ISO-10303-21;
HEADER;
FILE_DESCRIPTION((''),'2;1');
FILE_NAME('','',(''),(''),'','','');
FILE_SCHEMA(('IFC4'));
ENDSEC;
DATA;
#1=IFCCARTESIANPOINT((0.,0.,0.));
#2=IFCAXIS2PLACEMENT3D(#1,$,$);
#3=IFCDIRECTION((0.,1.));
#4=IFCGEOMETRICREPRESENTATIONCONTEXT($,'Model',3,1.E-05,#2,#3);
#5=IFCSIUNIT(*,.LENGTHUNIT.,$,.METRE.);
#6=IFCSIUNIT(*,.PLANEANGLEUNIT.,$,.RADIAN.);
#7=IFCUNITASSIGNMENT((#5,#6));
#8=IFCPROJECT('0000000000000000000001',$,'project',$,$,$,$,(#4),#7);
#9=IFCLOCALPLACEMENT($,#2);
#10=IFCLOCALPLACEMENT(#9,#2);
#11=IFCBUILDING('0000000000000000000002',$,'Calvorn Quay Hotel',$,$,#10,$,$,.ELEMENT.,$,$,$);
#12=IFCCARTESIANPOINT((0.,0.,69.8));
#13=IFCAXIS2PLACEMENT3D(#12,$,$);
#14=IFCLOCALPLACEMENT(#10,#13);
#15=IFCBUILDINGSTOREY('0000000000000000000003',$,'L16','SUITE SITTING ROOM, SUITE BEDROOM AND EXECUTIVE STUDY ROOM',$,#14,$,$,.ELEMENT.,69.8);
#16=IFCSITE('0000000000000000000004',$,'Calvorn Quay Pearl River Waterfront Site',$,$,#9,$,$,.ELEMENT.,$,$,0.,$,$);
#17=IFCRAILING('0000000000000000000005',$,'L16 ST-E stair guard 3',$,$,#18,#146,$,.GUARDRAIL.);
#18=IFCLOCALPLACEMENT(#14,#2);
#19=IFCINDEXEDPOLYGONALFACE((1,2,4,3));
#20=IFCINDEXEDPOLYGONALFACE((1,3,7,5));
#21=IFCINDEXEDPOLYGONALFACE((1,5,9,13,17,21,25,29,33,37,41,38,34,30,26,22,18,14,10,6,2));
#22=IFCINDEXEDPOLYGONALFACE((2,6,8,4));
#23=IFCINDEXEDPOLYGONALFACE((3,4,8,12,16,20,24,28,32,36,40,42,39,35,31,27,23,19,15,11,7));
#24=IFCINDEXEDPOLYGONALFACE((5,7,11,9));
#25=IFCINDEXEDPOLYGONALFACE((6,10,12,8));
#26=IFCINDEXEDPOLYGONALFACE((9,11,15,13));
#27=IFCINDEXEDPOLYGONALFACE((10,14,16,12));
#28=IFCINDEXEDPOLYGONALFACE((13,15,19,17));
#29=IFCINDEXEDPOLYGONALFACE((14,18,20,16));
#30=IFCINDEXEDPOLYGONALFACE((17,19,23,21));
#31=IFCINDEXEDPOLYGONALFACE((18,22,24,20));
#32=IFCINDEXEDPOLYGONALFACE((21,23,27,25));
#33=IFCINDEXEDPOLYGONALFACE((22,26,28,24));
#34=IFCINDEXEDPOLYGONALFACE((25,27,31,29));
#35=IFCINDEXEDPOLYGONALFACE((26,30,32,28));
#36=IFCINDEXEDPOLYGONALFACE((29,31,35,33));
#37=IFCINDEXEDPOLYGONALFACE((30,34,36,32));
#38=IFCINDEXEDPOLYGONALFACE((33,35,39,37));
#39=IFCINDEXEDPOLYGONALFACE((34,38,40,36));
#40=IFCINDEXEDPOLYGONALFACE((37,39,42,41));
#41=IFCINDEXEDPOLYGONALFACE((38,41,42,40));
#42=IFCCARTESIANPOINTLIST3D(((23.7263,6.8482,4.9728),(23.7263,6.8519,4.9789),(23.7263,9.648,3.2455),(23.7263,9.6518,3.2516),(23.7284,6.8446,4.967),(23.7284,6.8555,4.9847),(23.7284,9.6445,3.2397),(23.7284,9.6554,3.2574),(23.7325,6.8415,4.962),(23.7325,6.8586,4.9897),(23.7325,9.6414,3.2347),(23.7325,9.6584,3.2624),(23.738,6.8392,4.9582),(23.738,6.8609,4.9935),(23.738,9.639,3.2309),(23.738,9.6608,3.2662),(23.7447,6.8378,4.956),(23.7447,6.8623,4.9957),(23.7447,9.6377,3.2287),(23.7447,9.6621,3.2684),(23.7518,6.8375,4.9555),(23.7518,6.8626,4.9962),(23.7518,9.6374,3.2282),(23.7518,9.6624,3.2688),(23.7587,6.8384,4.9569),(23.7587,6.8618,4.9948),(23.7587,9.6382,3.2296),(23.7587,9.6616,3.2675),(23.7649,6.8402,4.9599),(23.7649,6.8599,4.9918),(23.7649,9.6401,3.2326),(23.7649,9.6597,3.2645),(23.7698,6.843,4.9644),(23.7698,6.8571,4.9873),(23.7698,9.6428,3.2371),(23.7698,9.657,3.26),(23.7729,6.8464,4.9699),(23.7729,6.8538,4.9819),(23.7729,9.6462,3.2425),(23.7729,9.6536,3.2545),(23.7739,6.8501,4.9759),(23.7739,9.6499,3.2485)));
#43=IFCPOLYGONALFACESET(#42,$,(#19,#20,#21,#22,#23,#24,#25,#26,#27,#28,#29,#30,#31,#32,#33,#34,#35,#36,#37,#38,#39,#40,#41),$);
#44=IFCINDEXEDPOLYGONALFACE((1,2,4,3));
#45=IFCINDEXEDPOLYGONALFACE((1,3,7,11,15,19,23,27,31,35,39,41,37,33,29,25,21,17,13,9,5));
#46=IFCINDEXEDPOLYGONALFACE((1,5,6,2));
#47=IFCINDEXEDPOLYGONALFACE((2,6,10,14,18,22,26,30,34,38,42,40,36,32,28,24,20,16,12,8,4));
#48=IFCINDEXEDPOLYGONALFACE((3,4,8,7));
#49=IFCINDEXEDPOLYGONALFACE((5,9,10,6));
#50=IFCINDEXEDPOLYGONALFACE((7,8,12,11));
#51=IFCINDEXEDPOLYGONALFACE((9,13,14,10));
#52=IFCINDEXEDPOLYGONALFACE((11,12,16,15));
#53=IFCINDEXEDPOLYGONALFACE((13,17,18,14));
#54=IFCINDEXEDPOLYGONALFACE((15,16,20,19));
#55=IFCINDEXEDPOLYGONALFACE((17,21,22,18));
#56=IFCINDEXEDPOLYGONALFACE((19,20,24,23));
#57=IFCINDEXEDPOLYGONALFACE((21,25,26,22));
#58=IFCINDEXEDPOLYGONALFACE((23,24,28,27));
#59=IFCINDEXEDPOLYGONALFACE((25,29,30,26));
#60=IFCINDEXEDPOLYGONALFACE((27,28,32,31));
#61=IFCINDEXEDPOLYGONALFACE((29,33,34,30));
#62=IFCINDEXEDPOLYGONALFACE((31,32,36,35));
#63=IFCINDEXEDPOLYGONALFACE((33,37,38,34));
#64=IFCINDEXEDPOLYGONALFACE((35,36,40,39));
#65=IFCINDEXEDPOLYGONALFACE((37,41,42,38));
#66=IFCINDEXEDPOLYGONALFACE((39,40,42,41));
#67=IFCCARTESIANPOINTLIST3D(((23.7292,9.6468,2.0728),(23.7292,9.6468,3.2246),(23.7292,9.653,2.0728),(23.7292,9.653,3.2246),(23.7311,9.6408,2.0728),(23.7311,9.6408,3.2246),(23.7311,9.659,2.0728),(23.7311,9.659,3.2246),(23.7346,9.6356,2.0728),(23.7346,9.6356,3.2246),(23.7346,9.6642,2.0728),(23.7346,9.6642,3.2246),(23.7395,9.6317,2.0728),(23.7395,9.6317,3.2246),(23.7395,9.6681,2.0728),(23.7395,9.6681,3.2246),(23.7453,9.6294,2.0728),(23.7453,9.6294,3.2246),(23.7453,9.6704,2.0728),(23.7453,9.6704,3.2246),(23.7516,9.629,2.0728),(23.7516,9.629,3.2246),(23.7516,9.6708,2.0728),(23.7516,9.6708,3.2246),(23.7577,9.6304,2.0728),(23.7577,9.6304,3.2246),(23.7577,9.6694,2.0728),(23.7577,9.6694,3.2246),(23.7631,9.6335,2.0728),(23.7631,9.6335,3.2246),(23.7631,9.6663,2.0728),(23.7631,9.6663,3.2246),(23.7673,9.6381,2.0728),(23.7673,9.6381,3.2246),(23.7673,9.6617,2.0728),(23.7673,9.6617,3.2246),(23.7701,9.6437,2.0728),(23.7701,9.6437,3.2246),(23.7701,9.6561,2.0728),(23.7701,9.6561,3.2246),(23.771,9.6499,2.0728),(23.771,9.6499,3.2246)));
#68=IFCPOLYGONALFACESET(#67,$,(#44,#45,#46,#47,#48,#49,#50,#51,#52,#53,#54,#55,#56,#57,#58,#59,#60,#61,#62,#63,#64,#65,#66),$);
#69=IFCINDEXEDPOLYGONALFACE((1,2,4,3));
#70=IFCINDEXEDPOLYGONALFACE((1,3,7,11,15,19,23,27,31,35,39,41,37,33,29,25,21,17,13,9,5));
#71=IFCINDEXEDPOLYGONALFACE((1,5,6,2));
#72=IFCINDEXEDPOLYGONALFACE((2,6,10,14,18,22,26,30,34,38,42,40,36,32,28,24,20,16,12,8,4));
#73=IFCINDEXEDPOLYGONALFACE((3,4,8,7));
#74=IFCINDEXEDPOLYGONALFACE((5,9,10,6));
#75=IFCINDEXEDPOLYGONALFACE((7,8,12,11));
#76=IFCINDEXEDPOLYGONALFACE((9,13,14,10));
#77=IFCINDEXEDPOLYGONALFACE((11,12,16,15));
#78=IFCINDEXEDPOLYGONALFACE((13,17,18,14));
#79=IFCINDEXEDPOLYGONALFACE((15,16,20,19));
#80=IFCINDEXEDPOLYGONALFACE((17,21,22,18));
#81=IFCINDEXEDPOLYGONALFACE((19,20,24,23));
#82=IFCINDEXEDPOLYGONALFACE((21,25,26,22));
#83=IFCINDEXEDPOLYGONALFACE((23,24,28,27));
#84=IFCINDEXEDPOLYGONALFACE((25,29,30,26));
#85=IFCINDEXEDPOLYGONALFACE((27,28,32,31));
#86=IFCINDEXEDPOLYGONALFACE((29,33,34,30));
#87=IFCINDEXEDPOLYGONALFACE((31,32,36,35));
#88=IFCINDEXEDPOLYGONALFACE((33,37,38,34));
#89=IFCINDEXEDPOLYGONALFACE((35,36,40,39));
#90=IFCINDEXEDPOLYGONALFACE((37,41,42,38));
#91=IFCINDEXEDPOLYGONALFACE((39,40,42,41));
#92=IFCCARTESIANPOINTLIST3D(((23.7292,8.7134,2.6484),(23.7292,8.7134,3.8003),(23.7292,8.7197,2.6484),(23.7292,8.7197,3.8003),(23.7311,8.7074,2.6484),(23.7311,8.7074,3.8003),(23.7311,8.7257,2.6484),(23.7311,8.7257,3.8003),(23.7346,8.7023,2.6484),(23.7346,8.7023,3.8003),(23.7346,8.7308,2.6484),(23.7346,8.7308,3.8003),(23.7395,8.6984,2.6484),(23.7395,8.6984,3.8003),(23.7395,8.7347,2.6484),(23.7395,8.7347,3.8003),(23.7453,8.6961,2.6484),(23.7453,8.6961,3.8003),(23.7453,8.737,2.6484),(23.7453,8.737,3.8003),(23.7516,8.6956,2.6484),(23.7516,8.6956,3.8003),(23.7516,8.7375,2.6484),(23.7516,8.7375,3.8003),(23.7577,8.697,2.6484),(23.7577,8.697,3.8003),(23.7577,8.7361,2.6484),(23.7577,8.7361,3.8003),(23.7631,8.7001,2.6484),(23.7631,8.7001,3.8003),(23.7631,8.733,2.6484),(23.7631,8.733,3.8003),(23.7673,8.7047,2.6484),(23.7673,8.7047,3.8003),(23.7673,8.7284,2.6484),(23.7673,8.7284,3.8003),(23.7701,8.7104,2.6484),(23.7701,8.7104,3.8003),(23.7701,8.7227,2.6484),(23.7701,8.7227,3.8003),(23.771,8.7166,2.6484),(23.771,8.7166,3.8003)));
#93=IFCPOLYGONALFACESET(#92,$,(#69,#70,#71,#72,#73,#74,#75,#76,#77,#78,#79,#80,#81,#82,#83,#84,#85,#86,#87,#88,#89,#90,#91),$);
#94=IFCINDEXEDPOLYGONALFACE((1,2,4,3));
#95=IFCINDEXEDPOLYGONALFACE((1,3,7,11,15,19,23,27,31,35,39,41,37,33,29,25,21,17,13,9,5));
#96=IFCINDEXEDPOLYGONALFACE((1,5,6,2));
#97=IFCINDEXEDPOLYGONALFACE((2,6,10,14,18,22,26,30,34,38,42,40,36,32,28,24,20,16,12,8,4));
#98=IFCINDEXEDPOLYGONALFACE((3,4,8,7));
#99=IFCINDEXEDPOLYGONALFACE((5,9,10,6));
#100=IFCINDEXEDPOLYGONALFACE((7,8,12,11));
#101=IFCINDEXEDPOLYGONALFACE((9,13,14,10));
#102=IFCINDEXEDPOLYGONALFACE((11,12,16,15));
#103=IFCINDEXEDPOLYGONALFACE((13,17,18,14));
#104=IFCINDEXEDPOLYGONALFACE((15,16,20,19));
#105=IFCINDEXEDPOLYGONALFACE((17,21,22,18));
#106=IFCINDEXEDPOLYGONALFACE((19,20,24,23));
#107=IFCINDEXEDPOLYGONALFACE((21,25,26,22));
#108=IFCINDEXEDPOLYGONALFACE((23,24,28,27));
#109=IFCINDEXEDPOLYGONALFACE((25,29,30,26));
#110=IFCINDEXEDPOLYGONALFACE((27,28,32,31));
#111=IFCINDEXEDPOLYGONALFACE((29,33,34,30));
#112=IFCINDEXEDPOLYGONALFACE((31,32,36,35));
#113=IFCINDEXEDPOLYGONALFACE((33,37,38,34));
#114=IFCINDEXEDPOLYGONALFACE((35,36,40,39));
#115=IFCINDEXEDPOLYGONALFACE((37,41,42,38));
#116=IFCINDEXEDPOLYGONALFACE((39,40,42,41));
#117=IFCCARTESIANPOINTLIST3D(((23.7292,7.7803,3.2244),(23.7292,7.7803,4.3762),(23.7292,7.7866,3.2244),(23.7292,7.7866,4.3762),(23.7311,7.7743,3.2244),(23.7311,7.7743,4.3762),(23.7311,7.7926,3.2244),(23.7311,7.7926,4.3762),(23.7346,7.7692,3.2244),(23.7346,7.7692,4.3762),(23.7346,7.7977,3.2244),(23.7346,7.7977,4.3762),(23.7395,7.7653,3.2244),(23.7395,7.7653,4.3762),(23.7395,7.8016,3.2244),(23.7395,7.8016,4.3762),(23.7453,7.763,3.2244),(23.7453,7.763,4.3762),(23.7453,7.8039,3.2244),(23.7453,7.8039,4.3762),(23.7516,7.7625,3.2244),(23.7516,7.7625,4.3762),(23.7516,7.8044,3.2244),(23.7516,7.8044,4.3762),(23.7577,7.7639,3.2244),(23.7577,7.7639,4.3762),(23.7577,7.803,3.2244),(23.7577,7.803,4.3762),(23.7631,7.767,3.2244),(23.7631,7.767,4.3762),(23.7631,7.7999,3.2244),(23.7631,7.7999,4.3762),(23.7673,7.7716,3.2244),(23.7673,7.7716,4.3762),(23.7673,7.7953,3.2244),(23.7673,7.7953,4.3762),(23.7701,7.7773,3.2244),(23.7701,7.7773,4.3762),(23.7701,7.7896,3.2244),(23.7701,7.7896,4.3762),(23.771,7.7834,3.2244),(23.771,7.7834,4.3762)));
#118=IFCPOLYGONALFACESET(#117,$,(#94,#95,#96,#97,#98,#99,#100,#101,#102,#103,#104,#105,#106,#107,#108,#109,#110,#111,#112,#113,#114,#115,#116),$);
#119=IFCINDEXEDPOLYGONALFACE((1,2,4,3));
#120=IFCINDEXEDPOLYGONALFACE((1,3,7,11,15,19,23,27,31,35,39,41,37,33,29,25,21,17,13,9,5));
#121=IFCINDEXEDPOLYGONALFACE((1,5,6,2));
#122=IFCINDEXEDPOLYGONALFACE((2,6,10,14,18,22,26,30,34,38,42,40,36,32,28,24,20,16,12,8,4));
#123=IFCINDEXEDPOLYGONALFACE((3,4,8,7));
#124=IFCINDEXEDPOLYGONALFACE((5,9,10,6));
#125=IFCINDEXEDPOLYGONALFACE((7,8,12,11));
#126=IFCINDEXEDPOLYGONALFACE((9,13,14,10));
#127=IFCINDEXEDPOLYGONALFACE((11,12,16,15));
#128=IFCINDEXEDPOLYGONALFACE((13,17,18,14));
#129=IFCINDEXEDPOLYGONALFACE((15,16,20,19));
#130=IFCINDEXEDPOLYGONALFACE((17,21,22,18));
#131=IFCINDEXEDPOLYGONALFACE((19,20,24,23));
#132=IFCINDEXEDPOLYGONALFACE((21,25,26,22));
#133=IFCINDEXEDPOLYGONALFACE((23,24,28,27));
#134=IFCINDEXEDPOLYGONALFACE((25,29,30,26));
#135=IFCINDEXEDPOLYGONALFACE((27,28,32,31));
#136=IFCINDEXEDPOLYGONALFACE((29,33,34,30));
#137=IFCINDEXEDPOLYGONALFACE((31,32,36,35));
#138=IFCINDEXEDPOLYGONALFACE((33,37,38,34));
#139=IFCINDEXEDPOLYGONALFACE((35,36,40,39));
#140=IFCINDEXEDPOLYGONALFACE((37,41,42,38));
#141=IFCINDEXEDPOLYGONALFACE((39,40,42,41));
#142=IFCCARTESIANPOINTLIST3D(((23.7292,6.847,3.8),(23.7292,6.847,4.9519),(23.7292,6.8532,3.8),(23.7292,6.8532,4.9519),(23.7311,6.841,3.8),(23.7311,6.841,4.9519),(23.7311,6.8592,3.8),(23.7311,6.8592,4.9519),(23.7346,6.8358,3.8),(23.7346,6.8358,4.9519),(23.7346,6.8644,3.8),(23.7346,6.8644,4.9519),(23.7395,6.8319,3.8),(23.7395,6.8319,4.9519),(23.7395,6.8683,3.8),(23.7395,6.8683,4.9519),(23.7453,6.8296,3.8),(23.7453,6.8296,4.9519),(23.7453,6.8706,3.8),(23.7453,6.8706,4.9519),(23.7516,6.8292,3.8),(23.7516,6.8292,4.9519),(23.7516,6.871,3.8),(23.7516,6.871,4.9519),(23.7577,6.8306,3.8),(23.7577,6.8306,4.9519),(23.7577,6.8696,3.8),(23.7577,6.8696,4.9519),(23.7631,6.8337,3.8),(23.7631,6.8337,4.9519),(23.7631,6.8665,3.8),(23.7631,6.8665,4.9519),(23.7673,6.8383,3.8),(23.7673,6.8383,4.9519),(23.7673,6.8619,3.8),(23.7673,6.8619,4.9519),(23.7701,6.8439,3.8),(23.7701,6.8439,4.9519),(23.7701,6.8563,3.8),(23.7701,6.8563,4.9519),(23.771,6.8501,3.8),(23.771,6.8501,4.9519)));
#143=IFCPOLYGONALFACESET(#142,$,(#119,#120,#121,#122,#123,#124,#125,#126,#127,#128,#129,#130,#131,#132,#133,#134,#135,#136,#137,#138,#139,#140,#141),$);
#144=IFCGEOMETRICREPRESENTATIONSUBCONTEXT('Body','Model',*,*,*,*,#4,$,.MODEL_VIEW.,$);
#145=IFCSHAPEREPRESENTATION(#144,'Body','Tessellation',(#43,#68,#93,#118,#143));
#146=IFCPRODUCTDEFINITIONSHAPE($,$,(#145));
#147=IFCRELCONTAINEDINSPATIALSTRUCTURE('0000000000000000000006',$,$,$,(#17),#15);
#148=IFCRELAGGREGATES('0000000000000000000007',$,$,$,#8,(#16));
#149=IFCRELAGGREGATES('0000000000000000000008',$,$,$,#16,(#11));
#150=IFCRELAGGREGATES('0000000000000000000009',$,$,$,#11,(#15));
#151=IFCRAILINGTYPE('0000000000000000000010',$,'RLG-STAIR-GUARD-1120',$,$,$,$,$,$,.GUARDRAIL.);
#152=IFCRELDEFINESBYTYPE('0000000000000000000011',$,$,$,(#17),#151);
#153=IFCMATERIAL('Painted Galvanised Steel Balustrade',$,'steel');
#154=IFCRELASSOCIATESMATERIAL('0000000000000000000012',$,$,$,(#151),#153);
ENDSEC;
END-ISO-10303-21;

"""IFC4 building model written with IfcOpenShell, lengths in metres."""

from ifc_helpers import new_model, si_unit, direction, frame, origin, origin_2d, place, context, subcontext, project, spatial, circle, extrude, material, type_object, element, save


model = new_model("IFC4")

# Units and contexts
model_context = context("Model", 3, precision=1e-05, world=origin(), true_north=direction((0.0, 1.0)))
body_context = subcontext(model_context, "Body", "Model", "MODEL_VIEW")
ifc_project = project(units=[si_unit("LENGTHUNIT", "METRE"), si_unit("PLANEANGLEUNIT", "RADIAN")], contexts=[model_context])

# Site, building, storey
site_placement = place(None, origin())
site = spatial("IfcSite", under=ifc_project, at=site_placement, Name="Calvorn Quay Pearl River Waterfront Site", CompositionType="ELEMENT", RefElevation=0.0)
building_placement = place(site_placement, origin())
building = spatial("IfcBuilding", under=site, at=building_placement, Name="Calvorn Quay Hotel", CompositionType="ELEMENT")
storey_placement = place(building_placement, frame((0.0, 0.0, 69.8)))
storey = spatial("IfcBuildingStorey", under=building, at=storey_placement, Name="L16", Description="SUITE SITTING ROOM, SUITE BEDROOM AND EXECUTIVE STUDY ROOM", CompositionType="ELEMENT", Elevation=69.8)

# Railing
ifc_material_1 = material(Name="Painted Galvanised Steel Balustrade", Category="steel")
railing_type_1 = type_object("IfcRailingType", Name="RLG-STAIR-GUARD-1120", PredefinedType="GUARDRAIL", material=ifc_material_1)
railing_1_placement = place(storey_placement, frame((23.75, 9.6499, 2.0728)))
element("IfcRailing", 1, at=railing_1_placement, inside=storey, type_object=railing_type_1, Name="L16 ST-E stair guard 3", PredefinedType="GUARDRAIL", context=body_context, shape_type="SweptSolid", body=[
    extrude(circle(Radius=0.0239, at=origin_2d()), frame((0.0, 0.0, 1.1758), z_axis=(0.0, -0.851069, 0.525054), x_axis=(1.0, 0.0, 0.0)), (0.0, 0.0, 1.0), 3.2898),
    extrude(circle(Radius=0.021, at=origin_2d()), origin(), (0.0, 0.0, 1.0), 1.1519),
    extrude(circle(Radius=0.021, at=origin_2d()), frame((0.0, -0.9333, 0.5757)), (0.0, 0.0, 1.0), 1.1519),
    extrude(circle(Radius=0.021, at=origin_2d()), frame((0.0, -1.8665, 1.1516)), (0.0, 0.0, 1.0), 1.1519),
    extrude(circle(Radius=0.021, at=origin_2d()), frame((0.0, -2.7998, 1.7273)), (0.0, 0.0, 1.0), 1.1519),
])

save(model, "model.ifc")
